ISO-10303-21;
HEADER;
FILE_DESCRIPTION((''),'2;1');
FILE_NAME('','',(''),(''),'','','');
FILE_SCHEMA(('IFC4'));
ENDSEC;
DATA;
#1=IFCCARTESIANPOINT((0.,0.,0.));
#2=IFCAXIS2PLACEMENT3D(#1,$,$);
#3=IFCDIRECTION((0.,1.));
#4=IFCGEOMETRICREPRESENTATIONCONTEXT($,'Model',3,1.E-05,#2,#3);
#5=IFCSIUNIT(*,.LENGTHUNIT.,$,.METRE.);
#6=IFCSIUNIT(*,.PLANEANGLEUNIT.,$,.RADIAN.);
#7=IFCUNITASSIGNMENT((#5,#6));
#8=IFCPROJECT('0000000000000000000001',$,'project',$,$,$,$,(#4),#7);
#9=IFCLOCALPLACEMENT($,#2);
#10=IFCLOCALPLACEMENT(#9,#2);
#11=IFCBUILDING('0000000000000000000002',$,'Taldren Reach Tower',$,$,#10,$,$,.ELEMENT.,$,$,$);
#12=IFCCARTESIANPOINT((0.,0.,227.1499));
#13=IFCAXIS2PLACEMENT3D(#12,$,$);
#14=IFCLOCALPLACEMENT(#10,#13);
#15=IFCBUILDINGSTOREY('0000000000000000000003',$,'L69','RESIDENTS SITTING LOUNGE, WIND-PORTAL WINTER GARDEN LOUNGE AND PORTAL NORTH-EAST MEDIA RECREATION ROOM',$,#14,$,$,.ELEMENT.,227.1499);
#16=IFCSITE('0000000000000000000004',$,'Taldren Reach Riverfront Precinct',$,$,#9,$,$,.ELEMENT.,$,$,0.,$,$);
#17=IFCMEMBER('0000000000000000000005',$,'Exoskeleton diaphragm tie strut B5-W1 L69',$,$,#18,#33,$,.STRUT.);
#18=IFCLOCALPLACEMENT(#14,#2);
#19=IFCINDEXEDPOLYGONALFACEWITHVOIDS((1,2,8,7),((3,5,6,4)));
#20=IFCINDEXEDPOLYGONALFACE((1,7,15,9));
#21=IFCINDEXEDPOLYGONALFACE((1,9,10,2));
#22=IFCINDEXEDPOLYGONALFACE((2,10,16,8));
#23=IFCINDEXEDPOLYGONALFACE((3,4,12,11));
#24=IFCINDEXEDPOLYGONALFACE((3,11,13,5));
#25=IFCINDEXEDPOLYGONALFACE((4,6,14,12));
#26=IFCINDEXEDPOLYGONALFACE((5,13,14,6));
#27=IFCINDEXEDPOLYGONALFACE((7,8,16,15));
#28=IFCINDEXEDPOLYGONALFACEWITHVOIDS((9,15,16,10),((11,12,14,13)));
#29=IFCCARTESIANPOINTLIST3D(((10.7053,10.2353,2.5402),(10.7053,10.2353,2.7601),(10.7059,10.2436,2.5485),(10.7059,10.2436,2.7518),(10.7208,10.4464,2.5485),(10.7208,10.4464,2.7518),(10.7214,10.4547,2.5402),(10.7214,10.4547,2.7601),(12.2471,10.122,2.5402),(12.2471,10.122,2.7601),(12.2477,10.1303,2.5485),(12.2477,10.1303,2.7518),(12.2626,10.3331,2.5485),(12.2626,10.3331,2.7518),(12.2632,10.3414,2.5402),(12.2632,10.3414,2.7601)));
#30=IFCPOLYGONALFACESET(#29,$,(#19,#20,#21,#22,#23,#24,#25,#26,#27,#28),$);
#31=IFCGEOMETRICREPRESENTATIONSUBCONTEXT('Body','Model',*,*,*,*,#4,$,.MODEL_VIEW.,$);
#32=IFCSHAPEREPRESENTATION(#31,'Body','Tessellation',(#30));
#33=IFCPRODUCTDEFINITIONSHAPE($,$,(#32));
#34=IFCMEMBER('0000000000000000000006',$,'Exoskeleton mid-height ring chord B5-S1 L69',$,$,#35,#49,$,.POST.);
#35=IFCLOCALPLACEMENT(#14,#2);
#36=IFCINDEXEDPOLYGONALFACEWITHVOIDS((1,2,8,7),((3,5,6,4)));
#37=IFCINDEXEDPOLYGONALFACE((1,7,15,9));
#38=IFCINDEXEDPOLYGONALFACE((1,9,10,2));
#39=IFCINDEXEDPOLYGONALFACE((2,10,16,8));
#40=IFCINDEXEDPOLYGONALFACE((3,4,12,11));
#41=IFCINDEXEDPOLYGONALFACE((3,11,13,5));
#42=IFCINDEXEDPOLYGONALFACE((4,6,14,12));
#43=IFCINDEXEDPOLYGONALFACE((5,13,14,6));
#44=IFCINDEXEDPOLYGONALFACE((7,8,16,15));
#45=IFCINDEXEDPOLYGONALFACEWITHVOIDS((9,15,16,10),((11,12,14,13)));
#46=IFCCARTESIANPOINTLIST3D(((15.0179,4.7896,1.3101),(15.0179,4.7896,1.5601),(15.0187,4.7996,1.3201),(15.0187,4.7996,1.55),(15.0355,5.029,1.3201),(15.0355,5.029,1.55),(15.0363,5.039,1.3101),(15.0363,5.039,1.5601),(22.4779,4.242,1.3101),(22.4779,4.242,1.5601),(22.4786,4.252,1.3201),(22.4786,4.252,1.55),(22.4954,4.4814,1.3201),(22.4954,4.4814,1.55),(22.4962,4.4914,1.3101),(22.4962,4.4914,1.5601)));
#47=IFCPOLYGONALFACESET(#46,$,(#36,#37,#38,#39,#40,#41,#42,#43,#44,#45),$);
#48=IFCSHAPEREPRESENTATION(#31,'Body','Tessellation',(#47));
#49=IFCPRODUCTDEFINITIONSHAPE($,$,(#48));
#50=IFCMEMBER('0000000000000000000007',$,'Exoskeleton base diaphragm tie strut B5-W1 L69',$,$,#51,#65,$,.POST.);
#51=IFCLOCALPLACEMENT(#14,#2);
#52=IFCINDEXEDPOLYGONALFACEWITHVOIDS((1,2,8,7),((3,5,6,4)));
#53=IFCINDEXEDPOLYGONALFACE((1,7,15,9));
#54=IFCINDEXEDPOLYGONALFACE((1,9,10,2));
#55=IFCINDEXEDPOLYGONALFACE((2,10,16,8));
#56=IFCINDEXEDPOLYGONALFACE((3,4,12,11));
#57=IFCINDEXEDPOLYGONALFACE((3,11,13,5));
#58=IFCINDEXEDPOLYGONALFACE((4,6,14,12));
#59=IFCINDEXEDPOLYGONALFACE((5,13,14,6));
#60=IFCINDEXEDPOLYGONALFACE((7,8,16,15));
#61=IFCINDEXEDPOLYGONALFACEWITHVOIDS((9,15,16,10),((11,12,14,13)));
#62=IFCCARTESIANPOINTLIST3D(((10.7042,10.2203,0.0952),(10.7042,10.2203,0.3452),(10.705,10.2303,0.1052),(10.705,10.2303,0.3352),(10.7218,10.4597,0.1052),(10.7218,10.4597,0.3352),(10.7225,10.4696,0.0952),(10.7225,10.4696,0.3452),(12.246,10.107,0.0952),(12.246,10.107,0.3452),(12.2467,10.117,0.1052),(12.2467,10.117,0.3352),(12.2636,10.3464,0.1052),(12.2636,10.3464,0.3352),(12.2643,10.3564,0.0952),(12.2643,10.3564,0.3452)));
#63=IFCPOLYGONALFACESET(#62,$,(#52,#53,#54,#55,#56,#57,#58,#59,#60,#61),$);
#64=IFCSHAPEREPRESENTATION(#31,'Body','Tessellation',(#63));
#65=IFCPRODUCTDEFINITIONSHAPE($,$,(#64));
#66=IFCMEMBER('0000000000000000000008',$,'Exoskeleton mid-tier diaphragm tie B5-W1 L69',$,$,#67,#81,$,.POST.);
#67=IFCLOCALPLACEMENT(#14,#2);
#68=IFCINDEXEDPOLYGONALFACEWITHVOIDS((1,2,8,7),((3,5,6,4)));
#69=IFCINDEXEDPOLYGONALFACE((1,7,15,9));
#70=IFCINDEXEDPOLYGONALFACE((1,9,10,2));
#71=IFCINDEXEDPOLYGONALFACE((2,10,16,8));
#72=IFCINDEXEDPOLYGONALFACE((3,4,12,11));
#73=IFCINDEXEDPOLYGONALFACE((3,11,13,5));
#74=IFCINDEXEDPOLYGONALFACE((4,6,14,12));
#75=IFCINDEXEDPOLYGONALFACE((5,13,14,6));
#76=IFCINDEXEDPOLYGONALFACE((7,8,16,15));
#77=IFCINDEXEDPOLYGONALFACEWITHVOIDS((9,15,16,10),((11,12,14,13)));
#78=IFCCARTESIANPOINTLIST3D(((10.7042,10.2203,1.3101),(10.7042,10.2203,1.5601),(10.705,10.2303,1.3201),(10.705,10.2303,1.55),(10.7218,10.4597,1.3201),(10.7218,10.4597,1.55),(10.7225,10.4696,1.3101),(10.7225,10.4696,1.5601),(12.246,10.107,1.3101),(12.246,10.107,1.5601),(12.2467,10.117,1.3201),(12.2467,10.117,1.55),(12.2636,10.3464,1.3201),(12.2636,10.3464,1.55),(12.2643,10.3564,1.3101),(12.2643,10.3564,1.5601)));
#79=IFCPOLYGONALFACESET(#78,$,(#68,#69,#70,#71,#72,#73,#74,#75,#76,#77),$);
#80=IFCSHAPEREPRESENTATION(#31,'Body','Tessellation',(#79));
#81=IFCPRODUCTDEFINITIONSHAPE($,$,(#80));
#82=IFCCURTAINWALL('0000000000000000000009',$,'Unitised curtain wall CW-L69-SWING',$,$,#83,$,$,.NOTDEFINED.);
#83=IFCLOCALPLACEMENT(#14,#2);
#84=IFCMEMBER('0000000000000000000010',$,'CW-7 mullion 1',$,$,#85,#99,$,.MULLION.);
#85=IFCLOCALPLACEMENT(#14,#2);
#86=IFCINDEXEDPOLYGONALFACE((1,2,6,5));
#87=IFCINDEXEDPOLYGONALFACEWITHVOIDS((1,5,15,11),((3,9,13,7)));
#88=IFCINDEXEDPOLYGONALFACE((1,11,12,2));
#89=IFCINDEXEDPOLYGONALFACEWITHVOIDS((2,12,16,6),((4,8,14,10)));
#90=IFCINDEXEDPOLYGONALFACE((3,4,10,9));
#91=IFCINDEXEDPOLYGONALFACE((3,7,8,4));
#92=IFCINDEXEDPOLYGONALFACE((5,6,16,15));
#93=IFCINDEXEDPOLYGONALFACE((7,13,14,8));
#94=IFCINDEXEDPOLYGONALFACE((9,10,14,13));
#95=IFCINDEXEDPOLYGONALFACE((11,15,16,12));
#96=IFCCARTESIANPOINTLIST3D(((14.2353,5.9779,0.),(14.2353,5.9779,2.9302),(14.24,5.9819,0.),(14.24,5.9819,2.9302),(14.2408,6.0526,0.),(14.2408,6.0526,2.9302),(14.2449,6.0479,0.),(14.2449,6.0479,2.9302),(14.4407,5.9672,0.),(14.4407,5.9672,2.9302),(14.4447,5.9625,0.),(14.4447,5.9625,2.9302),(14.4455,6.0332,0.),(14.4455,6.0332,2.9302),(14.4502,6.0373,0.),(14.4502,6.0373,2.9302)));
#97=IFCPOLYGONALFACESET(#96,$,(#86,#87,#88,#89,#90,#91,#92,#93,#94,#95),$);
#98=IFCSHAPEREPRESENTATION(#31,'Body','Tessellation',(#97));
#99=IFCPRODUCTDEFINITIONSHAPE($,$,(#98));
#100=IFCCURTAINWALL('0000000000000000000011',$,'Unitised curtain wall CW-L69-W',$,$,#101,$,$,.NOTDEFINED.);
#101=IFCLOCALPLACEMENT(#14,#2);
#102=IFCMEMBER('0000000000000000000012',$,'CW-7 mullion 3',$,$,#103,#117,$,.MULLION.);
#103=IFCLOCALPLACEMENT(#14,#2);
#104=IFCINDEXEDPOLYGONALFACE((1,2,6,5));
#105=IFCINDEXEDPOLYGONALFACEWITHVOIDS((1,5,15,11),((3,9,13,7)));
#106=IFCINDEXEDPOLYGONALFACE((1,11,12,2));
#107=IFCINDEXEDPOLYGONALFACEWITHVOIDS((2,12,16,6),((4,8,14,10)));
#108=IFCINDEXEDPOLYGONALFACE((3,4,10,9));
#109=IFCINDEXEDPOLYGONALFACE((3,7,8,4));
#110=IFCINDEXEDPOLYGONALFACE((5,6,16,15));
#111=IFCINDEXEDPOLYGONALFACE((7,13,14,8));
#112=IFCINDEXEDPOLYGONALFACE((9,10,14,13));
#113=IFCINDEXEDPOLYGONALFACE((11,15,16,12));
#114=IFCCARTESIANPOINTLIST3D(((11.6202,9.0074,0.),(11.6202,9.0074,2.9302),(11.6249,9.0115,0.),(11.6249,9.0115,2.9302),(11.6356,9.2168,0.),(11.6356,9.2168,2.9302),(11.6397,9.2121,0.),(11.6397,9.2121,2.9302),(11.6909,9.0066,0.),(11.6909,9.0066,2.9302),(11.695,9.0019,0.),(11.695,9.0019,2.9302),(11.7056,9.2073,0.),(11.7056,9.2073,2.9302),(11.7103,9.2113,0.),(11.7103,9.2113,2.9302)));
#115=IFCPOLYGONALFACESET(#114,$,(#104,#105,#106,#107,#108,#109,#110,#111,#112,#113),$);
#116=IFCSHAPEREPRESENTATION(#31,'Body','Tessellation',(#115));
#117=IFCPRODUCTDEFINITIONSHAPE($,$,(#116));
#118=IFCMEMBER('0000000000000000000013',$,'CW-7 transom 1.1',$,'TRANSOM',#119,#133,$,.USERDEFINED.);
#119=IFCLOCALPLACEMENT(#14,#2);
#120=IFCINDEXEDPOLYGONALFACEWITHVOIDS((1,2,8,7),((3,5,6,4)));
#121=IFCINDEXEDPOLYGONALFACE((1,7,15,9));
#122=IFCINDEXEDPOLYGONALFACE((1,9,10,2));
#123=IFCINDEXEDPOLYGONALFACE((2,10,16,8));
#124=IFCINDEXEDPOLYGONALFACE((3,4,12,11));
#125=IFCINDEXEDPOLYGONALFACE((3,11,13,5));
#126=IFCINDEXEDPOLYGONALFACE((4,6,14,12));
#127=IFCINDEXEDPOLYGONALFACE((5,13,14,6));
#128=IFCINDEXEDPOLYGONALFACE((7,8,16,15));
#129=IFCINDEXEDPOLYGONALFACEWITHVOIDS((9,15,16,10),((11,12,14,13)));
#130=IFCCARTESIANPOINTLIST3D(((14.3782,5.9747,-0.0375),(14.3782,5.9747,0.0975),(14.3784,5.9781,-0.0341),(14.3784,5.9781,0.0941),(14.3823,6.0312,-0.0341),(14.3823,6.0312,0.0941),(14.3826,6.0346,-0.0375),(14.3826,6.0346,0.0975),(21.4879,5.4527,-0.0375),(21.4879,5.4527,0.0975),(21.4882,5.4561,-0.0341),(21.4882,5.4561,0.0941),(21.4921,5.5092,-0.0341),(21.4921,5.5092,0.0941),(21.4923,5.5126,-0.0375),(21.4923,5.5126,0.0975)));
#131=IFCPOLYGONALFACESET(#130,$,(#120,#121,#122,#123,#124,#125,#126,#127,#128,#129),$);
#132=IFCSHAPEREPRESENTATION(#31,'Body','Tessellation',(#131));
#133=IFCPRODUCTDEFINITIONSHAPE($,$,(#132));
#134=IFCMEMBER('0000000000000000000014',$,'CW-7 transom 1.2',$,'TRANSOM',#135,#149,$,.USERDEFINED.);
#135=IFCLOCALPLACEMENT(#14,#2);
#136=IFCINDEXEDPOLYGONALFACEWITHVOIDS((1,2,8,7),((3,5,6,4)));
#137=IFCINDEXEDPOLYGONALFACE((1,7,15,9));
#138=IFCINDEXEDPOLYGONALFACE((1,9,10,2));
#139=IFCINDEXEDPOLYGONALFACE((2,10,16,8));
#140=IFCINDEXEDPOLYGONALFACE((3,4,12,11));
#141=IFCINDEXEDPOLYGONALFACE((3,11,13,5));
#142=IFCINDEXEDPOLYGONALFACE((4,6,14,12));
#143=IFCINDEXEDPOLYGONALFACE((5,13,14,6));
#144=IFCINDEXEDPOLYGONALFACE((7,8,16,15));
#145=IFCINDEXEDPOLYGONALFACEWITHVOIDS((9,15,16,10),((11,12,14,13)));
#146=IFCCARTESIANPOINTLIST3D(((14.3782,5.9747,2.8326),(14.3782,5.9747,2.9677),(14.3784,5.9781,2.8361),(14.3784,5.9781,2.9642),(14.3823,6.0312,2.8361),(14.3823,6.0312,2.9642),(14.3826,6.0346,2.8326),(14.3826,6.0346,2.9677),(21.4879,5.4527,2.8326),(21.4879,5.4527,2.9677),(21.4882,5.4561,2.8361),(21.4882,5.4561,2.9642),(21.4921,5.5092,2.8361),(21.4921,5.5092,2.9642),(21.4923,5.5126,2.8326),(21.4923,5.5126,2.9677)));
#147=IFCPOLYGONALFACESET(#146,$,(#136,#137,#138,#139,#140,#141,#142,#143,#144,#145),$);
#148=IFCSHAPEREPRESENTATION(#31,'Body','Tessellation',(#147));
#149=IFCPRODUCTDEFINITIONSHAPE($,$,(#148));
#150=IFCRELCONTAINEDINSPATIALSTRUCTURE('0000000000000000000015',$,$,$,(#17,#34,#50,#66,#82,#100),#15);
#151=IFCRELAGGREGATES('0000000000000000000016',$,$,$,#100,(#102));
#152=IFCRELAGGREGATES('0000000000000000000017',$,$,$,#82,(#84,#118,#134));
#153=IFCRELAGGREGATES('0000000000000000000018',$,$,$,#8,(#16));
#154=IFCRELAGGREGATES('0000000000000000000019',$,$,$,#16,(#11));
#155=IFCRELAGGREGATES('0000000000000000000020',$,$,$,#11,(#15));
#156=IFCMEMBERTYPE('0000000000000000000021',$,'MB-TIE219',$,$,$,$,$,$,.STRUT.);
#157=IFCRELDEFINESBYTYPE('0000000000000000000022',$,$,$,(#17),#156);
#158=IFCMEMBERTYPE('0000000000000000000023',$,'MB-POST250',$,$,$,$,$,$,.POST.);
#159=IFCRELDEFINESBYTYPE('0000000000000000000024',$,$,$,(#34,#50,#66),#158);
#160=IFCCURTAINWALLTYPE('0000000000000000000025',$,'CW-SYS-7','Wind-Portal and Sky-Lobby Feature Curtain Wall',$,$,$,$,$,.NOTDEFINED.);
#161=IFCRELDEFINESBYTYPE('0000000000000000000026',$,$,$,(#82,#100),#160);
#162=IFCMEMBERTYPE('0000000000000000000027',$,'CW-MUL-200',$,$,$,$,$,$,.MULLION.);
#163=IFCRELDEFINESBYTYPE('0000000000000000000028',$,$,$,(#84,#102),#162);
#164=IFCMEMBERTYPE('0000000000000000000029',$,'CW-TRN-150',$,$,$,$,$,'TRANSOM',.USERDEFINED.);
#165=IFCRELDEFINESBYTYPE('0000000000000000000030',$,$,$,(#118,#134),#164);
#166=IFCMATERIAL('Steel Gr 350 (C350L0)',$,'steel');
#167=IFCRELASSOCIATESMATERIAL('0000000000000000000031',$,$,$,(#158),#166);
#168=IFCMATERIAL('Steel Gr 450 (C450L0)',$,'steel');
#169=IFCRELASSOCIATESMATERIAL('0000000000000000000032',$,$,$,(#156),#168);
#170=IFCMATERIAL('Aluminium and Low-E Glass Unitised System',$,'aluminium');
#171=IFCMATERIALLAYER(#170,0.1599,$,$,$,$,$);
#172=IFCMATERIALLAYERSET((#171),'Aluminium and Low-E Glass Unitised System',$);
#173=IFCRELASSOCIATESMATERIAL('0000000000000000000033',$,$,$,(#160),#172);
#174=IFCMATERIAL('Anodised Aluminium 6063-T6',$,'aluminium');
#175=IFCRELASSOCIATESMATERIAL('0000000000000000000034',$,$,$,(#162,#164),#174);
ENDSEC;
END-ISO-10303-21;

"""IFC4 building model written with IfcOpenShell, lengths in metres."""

from ifc_helpers import new_model, si_unit, direction, frame, origin, origin_2d, place, context, subcontext, project, spatial, hollow_rectangle, extrude, source, transform, mapped, material, layer, layer_set, material_profile, profile_set, type_object, element, aggregate, save


model = new_model("IFC4")

# Units and contexts
model_context = context("Model", 3, precision=1e-05, world=origin(), true_north=direction((0.0, 1.0)))
body_context = subcontext(model_context, "Body", "Model", "MODEL_VIEW")
ifc_project = project(units=[si_unit("LENGTHUNIT", "METRE"), si_unit("PLANEANGLEUNIT", "RADIAN")], contexts=[model_context])

# Site, building, storey
site_placement = place(None, origin())
site = spatial("IfcSite", under=ifc_project, at=site_placement, Name="Taldren Reach Riverfront Precinct", CompositionType="ELEMENT", RefElevation=0.0)
building_placement = place(site_placement, origin())
building = spatial("IfcBuilding", under=site, at=building_placement, Name="Taldren Reach Tower", CompositionType="ELEMENT")
storey_placement = place(building_placement, frame((0.0, 0.0, 227.1499)))
storey = spatial("IfcBuildingStorey", under=building, at=storey_placement, Name="L69", Description="RESIDENTS SITTING LOUNGE, WIND-PORTAL WINTER GARDEN LOUNGE AND PORTAL NORTH-EAST MEDIA RECREATION ROOM", CompositionType="ELEMENT", Elevation=227.1499)

# Shared definitions
ifc_material_1 = material(Name="Steel Gr 350 (C350L0)", Category="steel")

# Shared definitions
ifc_material_profile_1 = material_profile(ifc_material_1, hollow_rectangle(XDim=0.25, YDim=0.25, WallThickness=0.01, at=origin_2d()), Name="250x250x10.0SHS")
ifc_profile_set_1 = profile_set([ifc_material_profile_1], Name="Steel Gr 350 (C350L0)")
member_type_1 = type_object("IfcMemberType", Name="MB-POST250", PredefinedType="POST", material=ifc_profile_set_1)
ifc_material_2 = material(Name="Steel Gr 450 (C450L0)", Category="steel")
ifc_material_profile_2 = material_profile(ifc_material_2, hollow_rectangle(XDim=0.22, YDim=0.22, WallThickness=0.0083, at=origin_2d()), Name="220x220x8.2SHS")
ifc_profile_set_2 = profile_set([ifc_material_profile_2], Name="Steel Gr 450 (C450L0)")
member_type_2 = type_object("IfcMemberType", Name="MB-TIE219", PredefinedType="STRUT", material=ifc_profile_set_2)

# Members
shared_shape_1 = source(origin(), body_context, "Body", "SweptSolid", [
    extrude(hollow_rectangle(XDim=0.22, YDim=0.22, WallThickness=0.0083, at=origin_2d()), origin(), (0.0, 0.0, 1.0), 1.5459),
])
member_1_placement = place(storey_placement, frame((12.2551, 10.2317, 2.6501), z_axis=(-0.997312, 0.073278, 0.0), x_axis=(-0.073278, -0.997312, 0.0)))
element("IfcMember", 1, at=member_1_placement, inside=storey, type_object=member_type_2, Name="Exoskeleton diaphragm tie strut B5-W1 L69", PredefinedType="STRUT", context=body_context, shape_type="MappedRepresentation", body=[
    mapped(shared_shape_1, transform((0.0, 0.0, 0.0), scale=1.0)),
])
shared_shape_2 = source(origin(), body_context, "Body", "SweptSolid", [
    extrude(hollow_rectangle(XDim=0.25, YDim=0.25, WallThickness=0.01, at=origin_2d()), origin(), (0.0, 0.0, 1.0), 7.48),
])
member_2_placement = place(storey_placement, frame((15.0271, 4.9143, 1.4351), z_axis=(0.997317, -0.073209, 0.0), x_axis=(0.073209, 0.997317, 0.0)))
element("IfcMember", 2, at=member_2_placement, inside=storey, type_object=member_type_1, Name="Exoskeleton mid-height ring chord B5-S1 L69", PredefinedType="POST", context=body_context, shape_type="MappedRepresentation", body=[
    mapped(shared_shape_2, transform((0.0, 0.0, 0.0), scale=1.0)),
])
shared_shape_3 = source(origin(), body_context, "Body", "SweptSolid", [
    extrude(hollow_rectangle(XDim=0.25, YDim=0.25, WallThickness=0.01, at=origin_2d()), origin(), (0.0, 0.0, 1.0), 1.5459),
])
for number, where, z_axis, x_axis, name in (
    (3, (12.2551, 10.2317, 0.2202), (-0.997312, 0.073278, 0.0), (-0.073278, -0.997312, 0.0), "Exoskeleton base diaphragm tie strut B5-W1 L69"),
    (4, (12.2551, 10.2317, 1.4351), (-0.997312, 0.073278, 0.0), (-0.073278, -0.997312, 0.0), "Exoskeleton mid-tier diaphragm tie B5-W1 L69"),
):
    element("IfcMember", number, at=place(storey_placement, frame(where, z_axis=z_axis, x_axis=x_axis)), inside=storey, type_object=member_type_1, Name=name, PredefinedType="POST", context=body_context, shape_type="MappedRepresentation", body=[
        mapped(shared_shape_3, transform((0.0, 0.0, 0.0), scale=1.0)),
    ])

# Curtain walls, members
ifc_material_3 = material(Name="Aluminium and Low-E Glass Unitised System", Category="aluminium")
ifc_layer_1 = layer(ifc_material_3, 0.1599)
ifc_layer_set_1 = layer_set([ifc_layer_1], Name="Aluminium and Low-E Glass Unitised System")
curtain_wall_type = type_object("IfcCurtainWallType", Name="CW-SYS-7", Description="Wind-Portal and Sky-Lobby Feature Curtain Wall", PredefinedType="NOTDEFINED", material=ifc_layer_set_1)
curtain_wall_1_placement = place(storey_placement, origin())
curtain_wall_1 = element("IfcCurtainWall", 5, at=curtain_wall_1_placement, inside=storey, type_object=curtain_wall_type, Name="Unitised curtain wall CW-L69-SWING", PredefinedType="NOTDEFINED")
ifc_material_4 = material(Name="Anodised Aluminium 6063-T6", Category="aluminium")
ifc_material_profile_3 = material_profile(ifc_material_4, hollow_rectangle(XDim=0.075, YDim=0.21, WallThickness=0.0044, at=origin_2d()), Name="ALU-210x75x4.5RHS")
ifc_profile_set_3 = profile_set([ifc_material_profile_3], Name="Anodised Aluminium 6063-T6")
member_type_3 = type_object("IfcMemberType", Name="CW-MUL-200", PredefinedType="MULLION", material=ifc_profile_set_3)
shared_shape_4 = source(origin(), body_context, "Body", "SweptSolid", [
    extrude(hollow_rectangle(XDim=0.075, YDim=0.21, WallThickness=0.0044, at=origin_2d()), origin(), (0.0, 0.0, 1.0), 2.9302),
])
member_3_placement = place(storey_placement, frame((14.3428, 6.0076, 0.0), z_axis=(0.0, 0.0, 1.0), x_axis=(0.073238, 0.997314, 0.0)))
member_3 = element("IfcMember", 6, at=member_3_placement, type_object=member_type_3, Name="CW-7 mullion 1", PredefinedType="MULLION", context=body_context, shape_type="MappedRepresentation", body=[
    mapped(shared_shape_4, transform((0.0, 0.0, 0.0), scale=1.0)),
])
curtain_wall_2_placement = place(storey_placement, origin())
curtain_wall_2 = element("IfcCurtainWall", 7, at=curtain_wall_2_placement, inside=storey, type_object=curtain_wall_type, Name="Unitised curtain wall CW-L69-W", PredefinedType="NOTDEFINED")
member_4_placement = place(storey_placement, frame((11.6653, 9.1094, 0.0), z_axis=(0.0, 0.0, 1.0), x_axis=(0.997314, -0.073238, 0.0)))
member_4 = element("IfcMember", 8, at=member_4_placement, type_object=member_type_3, Name="CW-7 mullion 3", PredefinedType="MULLION", context=body_context, shape_type="MappedRepresentation", body=[
    mapped(shared_shape_4, transform((0.0, 0.0, 0.0), scale=1.0)),
])
aggregate(curtain_wall_2, [member_4])

# Members
ifc_material_profile_4 = material_profile(ifc_material_4, hollow_rectangle(XDim=0.0601, YDim=0.135, WallThickness=0.0034, at=origin_2d()), Name="ALU-135x60x3.5RHS")
ifc_profile_set_4 = profile_set([ifc_material_profile_4], Name="Anodised Aluminium 6063-T6")
member_type_4 = type_object("IfcMemberType", Name="CW-TRN-150", ElementType="TRANSOM", PredefinedType="USERDEFINED", material=ifc_profile_set_4)
shared_shape_5 = source(origin(), body_context, "Body", "SweptSolid", [
    extrude(hollow_rectangle(XDim=0.0601, YDim=0.135, WallThickness=0.0034, at=origin_2d()), origin(), (0.0, 0.0, 1.0), 7.1289),
])
member_5_placement = place(storey_placement, frame((14.3804, 6.0046, 0.03), z_axis=(0.997316, -0.073218, 0.0), x_axis=(0.073218, 0.997316, 0.0)))
member_5 = element("IfcMember", 9, at=member_5_placement, type_object=member_type_4, Name="CW-7 transom 1.1", ObjectType="TRANSOM", PredefinedType="USERDEFINED", context=body_context, shape_type="MappedRepresentation", body=[
    mapped(shared_shape_5, transform((0.0, 0.0, 0.0), scale=1.0)),
])
member_6_placement = place(storey_placement, frame((14.3804, 6.0046, 2.9001), z_axis=(0.997316, -0.073218, 0.0), x_axis=(0.073218, 0.997316, 0.0)))
member_6 = element("IfcMember", 10, at=member_6_placement, type_object=member_type_4, Name="CW-7 transom 1.2", ObjectType="TRANSOM", PredefinedType="USERDEFINED", context=body_context, shape_type="MappedRepresentation", body=[
    mapped(shared_shape_5, transform((0.0, 0.0, 0.0), scale=1.0)),
])

aggregate(curtain_wall_1, [member_3, member_5, member_6])

save(model, "model.ifc")
